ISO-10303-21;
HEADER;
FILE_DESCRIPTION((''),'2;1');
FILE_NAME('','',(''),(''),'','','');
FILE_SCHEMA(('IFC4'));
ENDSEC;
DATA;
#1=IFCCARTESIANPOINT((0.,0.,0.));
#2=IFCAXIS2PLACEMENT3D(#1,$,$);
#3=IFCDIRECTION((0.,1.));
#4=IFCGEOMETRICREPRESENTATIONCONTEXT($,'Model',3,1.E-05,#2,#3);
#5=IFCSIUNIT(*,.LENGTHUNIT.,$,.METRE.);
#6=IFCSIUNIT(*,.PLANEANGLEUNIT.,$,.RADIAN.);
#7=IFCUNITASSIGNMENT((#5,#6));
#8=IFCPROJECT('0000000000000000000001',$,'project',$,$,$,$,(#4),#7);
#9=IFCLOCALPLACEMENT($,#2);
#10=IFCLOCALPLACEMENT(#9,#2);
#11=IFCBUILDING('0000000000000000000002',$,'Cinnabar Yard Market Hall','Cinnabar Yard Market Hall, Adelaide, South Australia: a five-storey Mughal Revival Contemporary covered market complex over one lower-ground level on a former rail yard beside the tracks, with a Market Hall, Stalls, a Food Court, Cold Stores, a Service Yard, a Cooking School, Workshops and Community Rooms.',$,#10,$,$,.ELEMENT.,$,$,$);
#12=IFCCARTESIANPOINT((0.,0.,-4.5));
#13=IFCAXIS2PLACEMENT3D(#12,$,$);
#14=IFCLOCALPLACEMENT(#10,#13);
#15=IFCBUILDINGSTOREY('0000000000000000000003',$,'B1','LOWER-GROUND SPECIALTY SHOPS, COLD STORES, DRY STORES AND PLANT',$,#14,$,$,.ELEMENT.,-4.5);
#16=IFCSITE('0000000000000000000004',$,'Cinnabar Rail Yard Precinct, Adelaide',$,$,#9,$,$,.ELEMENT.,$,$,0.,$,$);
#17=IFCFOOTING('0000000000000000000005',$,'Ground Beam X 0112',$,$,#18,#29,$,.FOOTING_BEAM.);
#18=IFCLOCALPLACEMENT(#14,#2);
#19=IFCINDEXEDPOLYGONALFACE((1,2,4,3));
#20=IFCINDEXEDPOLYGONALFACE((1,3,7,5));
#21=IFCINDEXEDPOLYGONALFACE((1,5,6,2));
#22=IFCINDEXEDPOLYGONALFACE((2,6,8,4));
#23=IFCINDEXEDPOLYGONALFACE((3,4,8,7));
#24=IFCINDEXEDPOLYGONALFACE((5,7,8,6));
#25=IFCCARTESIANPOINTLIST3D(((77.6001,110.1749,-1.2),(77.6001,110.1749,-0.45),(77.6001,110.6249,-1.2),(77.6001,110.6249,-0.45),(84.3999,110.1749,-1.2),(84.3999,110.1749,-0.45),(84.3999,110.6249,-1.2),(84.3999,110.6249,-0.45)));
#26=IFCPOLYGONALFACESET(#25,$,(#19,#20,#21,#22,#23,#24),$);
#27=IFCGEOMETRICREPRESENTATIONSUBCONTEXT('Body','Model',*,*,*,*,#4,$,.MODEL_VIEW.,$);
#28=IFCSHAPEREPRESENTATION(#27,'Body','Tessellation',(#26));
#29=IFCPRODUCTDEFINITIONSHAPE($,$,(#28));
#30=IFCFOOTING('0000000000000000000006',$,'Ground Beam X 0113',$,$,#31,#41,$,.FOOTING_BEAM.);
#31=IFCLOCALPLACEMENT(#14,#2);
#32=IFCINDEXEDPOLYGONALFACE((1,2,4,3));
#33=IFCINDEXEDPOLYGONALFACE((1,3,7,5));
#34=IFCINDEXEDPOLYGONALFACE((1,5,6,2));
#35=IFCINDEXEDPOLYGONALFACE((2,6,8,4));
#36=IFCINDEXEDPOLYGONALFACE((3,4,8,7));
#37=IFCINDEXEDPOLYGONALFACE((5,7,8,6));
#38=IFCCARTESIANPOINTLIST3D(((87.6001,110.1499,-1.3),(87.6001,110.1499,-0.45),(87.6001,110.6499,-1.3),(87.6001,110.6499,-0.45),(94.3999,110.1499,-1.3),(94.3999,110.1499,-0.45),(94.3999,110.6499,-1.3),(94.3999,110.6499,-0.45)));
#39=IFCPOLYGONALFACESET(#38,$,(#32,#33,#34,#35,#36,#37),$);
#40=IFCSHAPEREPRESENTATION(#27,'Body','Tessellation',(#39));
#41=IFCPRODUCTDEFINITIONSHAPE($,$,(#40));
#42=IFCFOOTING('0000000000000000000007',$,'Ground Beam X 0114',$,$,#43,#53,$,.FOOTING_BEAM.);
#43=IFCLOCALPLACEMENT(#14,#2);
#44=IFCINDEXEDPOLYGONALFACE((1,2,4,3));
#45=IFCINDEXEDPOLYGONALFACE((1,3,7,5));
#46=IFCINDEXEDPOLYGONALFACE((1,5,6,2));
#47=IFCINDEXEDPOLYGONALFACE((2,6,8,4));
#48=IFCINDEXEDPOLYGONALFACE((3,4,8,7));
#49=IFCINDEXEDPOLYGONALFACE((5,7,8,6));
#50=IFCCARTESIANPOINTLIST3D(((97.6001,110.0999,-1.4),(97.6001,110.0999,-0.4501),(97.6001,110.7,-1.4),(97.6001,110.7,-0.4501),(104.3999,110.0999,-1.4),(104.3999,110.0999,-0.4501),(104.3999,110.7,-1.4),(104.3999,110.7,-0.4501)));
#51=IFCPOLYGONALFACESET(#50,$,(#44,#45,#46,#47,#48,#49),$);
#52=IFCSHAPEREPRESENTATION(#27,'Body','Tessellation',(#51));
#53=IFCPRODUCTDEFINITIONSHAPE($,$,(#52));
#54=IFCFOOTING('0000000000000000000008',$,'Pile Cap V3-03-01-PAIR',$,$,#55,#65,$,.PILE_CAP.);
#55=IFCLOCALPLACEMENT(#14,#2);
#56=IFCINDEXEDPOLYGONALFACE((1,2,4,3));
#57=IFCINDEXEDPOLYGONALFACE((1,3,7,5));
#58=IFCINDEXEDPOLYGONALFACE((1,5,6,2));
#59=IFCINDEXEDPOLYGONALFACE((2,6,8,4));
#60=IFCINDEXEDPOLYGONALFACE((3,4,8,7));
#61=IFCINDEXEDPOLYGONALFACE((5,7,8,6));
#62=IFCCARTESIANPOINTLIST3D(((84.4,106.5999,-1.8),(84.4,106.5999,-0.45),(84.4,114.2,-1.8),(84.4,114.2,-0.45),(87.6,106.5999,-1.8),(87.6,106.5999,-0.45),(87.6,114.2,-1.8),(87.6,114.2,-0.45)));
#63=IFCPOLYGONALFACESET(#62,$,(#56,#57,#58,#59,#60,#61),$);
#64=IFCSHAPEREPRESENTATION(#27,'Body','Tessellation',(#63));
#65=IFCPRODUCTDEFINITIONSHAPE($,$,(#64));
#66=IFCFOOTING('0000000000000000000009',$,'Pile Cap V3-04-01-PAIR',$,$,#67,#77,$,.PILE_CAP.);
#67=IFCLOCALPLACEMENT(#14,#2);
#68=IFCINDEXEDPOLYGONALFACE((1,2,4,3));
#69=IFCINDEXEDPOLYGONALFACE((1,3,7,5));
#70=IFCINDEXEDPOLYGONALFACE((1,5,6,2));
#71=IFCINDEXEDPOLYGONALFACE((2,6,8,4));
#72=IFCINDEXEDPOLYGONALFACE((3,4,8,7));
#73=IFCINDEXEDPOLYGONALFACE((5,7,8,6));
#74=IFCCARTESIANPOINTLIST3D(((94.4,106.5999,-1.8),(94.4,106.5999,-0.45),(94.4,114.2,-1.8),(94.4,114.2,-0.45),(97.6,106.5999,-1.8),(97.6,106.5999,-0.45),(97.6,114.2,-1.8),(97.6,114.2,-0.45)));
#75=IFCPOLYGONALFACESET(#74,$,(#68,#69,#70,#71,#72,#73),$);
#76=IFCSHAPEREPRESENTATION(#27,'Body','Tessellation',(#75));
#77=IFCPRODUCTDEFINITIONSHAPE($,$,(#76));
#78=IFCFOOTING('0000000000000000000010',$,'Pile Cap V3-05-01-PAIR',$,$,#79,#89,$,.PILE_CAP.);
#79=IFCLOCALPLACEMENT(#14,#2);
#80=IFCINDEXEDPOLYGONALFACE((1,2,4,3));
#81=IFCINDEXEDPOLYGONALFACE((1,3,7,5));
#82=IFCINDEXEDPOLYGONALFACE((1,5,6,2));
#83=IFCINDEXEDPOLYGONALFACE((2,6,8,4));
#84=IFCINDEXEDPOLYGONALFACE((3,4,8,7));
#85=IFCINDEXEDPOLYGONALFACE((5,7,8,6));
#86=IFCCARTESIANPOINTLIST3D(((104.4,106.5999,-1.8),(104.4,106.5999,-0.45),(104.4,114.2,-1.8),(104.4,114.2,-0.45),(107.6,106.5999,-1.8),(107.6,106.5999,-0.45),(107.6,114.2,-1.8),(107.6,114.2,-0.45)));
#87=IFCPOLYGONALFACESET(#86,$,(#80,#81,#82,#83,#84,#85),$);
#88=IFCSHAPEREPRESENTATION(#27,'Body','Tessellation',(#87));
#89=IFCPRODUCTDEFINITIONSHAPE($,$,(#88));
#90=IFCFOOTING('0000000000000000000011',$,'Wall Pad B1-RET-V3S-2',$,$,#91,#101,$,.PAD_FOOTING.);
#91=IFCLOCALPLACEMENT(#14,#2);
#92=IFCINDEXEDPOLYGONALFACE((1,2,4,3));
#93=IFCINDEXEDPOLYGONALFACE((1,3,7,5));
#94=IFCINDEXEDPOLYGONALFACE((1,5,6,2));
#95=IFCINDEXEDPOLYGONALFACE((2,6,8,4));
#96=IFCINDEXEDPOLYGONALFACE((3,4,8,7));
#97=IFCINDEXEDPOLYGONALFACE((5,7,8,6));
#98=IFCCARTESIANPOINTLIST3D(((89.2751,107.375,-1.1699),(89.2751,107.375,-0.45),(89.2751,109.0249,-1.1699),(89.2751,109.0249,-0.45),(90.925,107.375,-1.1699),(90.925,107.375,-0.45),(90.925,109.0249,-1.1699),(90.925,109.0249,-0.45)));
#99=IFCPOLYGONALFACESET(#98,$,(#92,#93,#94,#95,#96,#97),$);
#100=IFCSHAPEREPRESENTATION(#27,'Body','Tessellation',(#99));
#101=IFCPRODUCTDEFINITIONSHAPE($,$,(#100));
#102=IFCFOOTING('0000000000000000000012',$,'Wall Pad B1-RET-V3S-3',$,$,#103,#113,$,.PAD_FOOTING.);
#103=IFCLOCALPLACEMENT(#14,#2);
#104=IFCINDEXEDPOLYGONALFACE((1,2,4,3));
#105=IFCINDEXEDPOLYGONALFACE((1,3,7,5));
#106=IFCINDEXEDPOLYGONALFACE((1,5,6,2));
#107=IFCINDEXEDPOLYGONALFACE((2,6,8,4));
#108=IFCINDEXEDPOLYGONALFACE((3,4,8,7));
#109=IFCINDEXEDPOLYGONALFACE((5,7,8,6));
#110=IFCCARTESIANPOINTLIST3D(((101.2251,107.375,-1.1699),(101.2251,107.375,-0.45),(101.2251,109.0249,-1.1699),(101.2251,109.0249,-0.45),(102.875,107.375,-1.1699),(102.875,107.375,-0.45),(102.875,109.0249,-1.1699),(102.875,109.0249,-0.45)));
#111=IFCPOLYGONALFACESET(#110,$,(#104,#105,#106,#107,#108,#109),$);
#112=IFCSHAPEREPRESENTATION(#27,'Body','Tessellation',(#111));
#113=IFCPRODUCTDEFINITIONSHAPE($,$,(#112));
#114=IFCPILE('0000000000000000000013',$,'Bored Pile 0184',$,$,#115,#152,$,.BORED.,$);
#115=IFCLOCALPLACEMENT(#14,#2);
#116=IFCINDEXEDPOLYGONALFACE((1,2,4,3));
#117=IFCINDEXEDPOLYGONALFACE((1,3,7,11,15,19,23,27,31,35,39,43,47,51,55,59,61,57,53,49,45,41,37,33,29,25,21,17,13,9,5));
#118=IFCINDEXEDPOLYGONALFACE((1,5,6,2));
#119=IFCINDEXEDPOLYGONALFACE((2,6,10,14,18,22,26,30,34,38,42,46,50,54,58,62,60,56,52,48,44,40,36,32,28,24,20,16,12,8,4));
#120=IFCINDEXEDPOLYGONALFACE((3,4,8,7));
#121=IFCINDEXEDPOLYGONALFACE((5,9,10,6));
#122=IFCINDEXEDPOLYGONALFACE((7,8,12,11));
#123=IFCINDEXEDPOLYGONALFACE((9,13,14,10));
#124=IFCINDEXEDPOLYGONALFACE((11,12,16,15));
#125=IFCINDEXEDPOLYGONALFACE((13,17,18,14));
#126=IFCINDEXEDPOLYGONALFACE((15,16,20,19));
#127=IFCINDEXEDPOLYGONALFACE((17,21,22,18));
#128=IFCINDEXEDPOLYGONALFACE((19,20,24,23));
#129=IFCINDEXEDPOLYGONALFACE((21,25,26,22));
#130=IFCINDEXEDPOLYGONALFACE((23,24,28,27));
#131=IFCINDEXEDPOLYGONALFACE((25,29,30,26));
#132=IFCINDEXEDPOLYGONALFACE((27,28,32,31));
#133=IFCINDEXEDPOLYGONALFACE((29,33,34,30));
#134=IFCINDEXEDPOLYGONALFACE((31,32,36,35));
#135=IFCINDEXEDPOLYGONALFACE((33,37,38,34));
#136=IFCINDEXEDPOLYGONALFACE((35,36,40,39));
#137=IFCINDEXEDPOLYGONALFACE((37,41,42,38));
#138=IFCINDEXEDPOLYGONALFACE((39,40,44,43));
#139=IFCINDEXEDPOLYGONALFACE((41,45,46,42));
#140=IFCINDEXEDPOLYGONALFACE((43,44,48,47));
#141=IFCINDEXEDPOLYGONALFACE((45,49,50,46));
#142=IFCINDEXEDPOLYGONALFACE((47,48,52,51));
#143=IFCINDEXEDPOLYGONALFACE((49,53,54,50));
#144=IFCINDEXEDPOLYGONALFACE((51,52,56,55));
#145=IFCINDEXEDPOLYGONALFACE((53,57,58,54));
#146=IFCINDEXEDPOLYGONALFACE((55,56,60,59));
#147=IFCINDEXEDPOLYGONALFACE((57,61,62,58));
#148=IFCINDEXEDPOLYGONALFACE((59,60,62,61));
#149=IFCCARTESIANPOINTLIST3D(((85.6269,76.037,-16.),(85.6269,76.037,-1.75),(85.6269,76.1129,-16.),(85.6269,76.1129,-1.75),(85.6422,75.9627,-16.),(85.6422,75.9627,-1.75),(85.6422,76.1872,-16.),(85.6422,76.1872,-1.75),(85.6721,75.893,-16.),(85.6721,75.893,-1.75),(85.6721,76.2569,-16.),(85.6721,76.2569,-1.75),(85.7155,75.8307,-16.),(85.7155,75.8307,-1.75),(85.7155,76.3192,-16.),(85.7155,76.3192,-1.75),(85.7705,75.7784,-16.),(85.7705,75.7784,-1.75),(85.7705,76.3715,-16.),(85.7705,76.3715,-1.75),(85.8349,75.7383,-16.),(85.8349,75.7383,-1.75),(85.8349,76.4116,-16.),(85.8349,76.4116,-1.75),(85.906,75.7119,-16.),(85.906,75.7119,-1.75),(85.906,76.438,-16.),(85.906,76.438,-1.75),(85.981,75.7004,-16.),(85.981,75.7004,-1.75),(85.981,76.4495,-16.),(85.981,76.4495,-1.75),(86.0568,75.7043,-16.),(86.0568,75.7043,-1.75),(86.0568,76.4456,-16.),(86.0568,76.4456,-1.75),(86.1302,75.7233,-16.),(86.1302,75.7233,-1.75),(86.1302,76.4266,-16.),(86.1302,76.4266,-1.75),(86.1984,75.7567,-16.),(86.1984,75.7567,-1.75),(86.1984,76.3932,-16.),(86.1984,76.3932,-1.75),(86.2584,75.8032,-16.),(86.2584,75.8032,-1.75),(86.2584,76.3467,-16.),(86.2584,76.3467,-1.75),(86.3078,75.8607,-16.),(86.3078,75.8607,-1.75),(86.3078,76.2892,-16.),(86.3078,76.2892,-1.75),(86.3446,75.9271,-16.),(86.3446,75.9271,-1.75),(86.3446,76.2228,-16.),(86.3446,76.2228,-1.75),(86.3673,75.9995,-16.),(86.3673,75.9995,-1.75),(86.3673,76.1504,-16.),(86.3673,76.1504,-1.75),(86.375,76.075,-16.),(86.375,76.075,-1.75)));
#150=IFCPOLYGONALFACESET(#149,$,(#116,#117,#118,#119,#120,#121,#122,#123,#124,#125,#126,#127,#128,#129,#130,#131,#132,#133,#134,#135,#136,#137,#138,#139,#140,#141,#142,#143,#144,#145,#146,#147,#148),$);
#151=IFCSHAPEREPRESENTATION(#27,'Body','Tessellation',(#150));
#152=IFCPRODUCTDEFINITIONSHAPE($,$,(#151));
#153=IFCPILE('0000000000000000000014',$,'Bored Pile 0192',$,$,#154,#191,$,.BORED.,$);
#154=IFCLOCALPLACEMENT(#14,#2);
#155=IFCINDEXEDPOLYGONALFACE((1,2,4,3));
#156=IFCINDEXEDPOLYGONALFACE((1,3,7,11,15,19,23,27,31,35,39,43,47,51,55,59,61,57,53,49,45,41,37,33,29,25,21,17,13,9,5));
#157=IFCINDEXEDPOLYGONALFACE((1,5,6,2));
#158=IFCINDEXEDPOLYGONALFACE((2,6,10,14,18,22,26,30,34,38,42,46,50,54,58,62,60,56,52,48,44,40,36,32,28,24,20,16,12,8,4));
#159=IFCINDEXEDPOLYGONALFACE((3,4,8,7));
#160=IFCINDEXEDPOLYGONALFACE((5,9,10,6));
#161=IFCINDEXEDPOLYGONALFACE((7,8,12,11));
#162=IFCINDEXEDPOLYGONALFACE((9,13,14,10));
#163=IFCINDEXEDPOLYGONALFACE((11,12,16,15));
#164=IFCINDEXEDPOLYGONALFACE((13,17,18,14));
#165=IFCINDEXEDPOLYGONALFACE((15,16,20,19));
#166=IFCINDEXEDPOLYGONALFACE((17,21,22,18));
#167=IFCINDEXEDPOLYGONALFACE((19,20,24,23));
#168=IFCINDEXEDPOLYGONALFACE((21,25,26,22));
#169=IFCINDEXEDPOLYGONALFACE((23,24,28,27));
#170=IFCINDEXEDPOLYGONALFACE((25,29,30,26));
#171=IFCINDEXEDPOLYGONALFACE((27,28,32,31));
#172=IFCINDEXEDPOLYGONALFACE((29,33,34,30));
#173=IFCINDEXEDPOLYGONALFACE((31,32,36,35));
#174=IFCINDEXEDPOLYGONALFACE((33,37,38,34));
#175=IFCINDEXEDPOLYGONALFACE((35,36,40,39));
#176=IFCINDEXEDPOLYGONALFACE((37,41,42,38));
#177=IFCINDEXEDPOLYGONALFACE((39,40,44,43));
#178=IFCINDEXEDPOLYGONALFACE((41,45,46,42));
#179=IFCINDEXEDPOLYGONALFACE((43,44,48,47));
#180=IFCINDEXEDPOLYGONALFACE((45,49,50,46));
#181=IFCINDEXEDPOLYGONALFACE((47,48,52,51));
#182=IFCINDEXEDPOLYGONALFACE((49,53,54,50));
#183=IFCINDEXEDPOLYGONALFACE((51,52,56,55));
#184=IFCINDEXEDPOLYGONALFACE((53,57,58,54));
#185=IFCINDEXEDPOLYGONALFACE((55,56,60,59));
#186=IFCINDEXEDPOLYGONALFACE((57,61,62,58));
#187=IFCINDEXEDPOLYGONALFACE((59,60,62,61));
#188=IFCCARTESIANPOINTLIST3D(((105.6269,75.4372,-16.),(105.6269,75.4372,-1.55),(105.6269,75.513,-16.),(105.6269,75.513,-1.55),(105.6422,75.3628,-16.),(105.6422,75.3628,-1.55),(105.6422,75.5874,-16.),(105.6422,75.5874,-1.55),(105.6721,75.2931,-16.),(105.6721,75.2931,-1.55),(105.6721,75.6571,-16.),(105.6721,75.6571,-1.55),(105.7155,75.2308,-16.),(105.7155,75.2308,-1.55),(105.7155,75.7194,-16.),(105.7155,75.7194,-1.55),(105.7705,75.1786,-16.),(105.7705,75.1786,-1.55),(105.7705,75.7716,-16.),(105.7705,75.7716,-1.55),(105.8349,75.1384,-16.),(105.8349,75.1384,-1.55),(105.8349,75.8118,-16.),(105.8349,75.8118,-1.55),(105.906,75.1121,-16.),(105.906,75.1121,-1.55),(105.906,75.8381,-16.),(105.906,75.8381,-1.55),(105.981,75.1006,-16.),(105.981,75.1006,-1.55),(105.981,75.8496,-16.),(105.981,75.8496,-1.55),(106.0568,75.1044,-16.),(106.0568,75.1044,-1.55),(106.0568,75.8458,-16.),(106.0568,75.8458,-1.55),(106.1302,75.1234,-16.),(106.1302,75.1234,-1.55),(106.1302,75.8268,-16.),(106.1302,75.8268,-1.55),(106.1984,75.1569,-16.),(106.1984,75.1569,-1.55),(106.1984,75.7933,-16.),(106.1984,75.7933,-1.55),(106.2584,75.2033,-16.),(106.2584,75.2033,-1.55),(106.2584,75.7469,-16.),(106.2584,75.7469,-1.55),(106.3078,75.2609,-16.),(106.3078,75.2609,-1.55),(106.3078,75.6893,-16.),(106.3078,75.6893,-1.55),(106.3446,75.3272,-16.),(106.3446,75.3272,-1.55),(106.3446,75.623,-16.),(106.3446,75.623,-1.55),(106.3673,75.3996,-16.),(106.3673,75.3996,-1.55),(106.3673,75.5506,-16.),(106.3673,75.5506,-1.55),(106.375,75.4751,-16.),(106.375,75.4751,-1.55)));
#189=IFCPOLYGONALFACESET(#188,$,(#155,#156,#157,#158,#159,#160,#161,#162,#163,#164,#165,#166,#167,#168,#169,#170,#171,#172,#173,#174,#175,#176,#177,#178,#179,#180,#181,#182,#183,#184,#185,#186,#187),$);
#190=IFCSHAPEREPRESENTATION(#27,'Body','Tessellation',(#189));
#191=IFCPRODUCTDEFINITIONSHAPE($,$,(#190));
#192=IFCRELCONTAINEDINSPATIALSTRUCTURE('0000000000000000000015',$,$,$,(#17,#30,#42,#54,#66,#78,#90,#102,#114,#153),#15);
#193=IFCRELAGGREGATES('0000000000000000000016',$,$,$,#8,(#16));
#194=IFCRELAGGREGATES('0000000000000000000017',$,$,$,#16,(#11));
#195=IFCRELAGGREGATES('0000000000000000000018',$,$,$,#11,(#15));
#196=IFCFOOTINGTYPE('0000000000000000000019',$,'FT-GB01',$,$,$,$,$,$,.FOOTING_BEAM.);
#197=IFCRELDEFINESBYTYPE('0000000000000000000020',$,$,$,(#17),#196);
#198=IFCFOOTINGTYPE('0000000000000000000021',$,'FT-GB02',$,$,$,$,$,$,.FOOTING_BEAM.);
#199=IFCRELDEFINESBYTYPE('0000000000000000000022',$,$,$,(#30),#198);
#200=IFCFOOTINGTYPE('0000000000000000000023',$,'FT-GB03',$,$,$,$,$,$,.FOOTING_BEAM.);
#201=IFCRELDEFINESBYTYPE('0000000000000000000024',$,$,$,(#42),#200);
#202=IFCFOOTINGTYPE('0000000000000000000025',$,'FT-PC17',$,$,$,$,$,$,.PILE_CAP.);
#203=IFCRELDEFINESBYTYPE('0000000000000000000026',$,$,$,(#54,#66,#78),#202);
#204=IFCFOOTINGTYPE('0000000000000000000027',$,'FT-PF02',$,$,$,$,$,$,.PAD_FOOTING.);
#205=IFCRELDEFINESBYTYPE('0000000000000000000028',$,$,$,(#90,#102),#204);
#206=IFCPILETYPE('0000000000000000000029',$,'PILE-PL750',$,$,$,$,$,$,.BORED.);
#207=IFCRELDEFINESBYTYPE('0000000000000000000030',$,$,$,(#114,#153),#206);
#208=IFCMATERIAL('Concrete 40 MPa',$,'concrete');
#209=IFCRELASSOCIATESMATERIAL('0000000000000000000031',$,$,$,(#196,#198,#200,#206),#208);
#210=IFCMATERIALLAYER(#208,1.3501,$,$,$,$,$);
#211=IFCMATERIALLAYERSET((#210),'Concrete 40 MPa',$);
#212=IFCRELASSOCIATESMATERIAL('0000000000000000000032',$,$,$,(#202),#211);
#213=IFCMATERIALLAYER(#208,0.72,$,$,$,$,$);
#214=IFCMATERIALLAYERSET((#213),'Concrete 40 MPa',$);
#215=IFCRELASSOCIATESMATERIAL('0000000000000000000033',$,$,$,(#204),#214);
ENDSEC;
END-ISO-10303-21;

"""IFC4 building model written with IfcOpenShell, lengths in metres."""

from ifc_helpers import new_model, si_unit, direction, frame, origin, origin_2d_with_axis, place, context, subcontext, project, spatial, rectangle, circle, extrude, material, layer, layer_set, material_profile, profile_set, type_object, element, save


model = new_model("IFC4")

# Units and contexts
model_context = context("Model", 3, precision=1e-05, world=origin(), true_north=direction((0.0, 1.0)))
body_context = subcontext(model_context, "Body", "Model", "MODEL_VIEW")
ifc_project = project(units=[si_unit("LENGTHUNIT", "METRE"), si_unit("PLANEANGLEUNIT", "RADIAN")], contexts=[model_context])

# Site, building, storey
site_placement = place(None, origin())
site = spatial("IfcSite", under=ifc_project, at=site_placement, Name="Cinnabar Rail Yard Precinct, Adelaide", CompositionType="ELEMENT", RefElevation=0.0)
building_placement = place(site_placement, origin())
building = spatial("IfcBuilding", under=site, at=building_placement, Name="Cinnabar Yard Market Hall", Description="Cinnabar Yard Market Hall, Adelaide, South Australia: a five-storey Mughal Revival Contemporary covered market complex over one lower-ground level on a former rail yard beside the tracks, with a Market Hall, Stalls, a Food Court, Cold Stores, a Service Yard, a Cooking School, Workshops and Community Rooms.", CompositionType="ELEMENT")
storey_placement = place(building_placement, frame((0.0, 0.0, -4.5)))
storey = spatial("IfcBuildingStorey", under=building, at=storey_placement, Name="B1", Description="LOWER-GROUND SPECIALTY SHOPS, COLD STORES, DRY STORES AND PLANT", CompositionType="ELEMENT", Elevation=-4.5)

# Footings
ifc_material_1 = material(Name="Concrete 40 MPa", Category="concrete")
ifc_material_profile_1 = material_profile(ifc_material_1, rectangle(XDim=0.45, YDim=0.75, at=origin_2d_with_axis()), Name="GB-450x750")
ifc_profile_set_1 = profile_set([ifc_material_profile_1], Name="Concrete 40 MPa")
footing_type_1 = type_object("IfcFootingType", Name="FT-GB01", PredefinedType="FOOTING_BEAM", material=ifc_profile_set_1)
footing_1_placement = place(storey_placement, frame((77.6001, 110.3999, -0.825), z_axis=(1.0, 0.0, 0.0), x_axis=(0.0, 1.0, 0.0)))
element("IfcFooting", 1, at=footing_1_placement, inside=storey, type_object=footing_type_1, Name="Ground Beam X 0112", PredefinedType="FOOTING_BEAM", context=body_context, shape_type="SweptSolid", body=[
    extrude(rectangle(XDim=0.45, YDim=0.75, at=origin_2d_with_axis()), origin(), (0.0, 0.0, 1.0), 6.7998),
])
ifc_material_profile_2 = material_profile(ifc_material_1, rectangle(XDim=0.5, YDim=0.8501, at=origin_2d_with_axis()), Name="GB-500x850")
ifc_profile_set_2 = profile_set([ifc_material_profile_2], Name="Concrete 40 MPa")
footing_type_2 = type_object("IfcFootingType", Name="FT-GB02", PredefinedType="FOOTING_BEAM", material=ifc_profile_set_2)
footing_2_placement = place(storey_placement, frame((87.6001, 110.3999, -0.875), z_axis=(1.0, 0.0, 0.0), x_axis=(0.0, 1.0, 0.0)))
element("IfcFooting", 2, at=footing_2_placement, inside=storey, type_object=footing_type_2, Name="Ground Beam X 0113", PredefinedType="FOOTING_BEAM", context=body_context, shape_type="SweptSolid", body=[
    extrude(rectangle(XDim=0.5, YDim=0.8501, at=origin_2d_with_axis()), origin(), (0.0, 0.0, 1.0), 6.7998),
])
ifc_material_profile_3 = material_profile(ifc_material_1, rectangle(XDim=0.6001, YDim=0.95, at=origin_2d_with_axis()), Name="GB-600x950")
ifc_profile_set_3 = profile_set([ifc_material_profile_3], Name="Concrete 40 MPa")
footing_type_3 = type_object("IfcFootingType", Name="FT-GB03", PredefinedType="FOOTING_BEAM", material=ifc_profile_set_3)
footing_3_placement = place(storey_placement, frame((97.6001, 110.3999, -0.925), z_axis=(1.0, 0.0, 0.0), x_axis=(0.0, 1.0, 0.0)))
element("IfcFooting", 3, at=footing_3_placement, inside=storey, type_object=footing_type_3, Name="Ground Beam X 0114", PredefinedType="FOOTING_BEAM", context=body_context, shape_type="SweptSolid", body=[
    extrude(rectangle(XDim=0.6001, YDim=0.95, at=origin_2d_with_axis()), origin(), (0.0, 0.0, 1.0), 6.7998),
])
ifc_layer_1 = layer(ifc_material_1, 1.3501)
ifc_layer_set_1 = layer_set([ifc_layer_1], Name="Concrete 40 MPa")
footing_type_4 = type_object("IfcFootingType", Name="FT-PC17", PredefinedType="PILE_CAP", material=ifc_layer_set_1)
for number, where, z_axis, x_axis, name in (
    (4, (86.0, 110.3999, -1.8), (0.0, 0.0, 1.0), (1.0, 0.0, 0.0), "Pile Cap V3-03-01-PAIR"),
    (5, (96.0, 110.3999, -1.8), (0.0, 0.0, 1.0), (1.0, 0.0, 0.0), "Pile Cap V3-04-01-PAIR"),
    (6, (106.0, 110.3999, -1.8), (0.0, 0.0, 1.0), (1.0, 0.0, 0.0), "Pile Cap V3-05-01-PAIR"),
):
    element("IfcFooting", number, at=place(storey_placement, frame(where, z_axis=z_axis, x_axis=x_axis)), inside=storey, type_object=footing_type_4, Name=name, PredefinedType="PILE_CAP", context=body_context, shape_type="SweptSolid", body=[
        extrude(rectangle(XDim=3.2, YDim=7.6001, at=origin_2d_with_axis()), origin(), (0.0, 0.0, 1.0), 1.3501),
    ])
ifc_layer_2 = layer(ifc_material_1, 0.72)
ifc_layer_set_2 = layer_set([ifc_layer_2], Name="Concrete 40 MPa")
footing_type_5 = type_object("IfcFootingType", Name="FT-PF02", PredefinedType="PAD_FOOTING", material=ifc_layer_set_2)
for number, where, z_axis, x_axis, name in (
    (7, (90.1001, 108.2, -1.1699), (0.0, 0.0, 1.0), (1.0, 0.0, 0.0), "Wall Pad B1-RET-V3S-2"),
    (8, (102.05, 108.2, -1.1699), (0.0, 0.0, 1.0), (1.0, 0.0, 0.0), "Wall Pad B1-RET-V3S-3"),
):
    element("IfcFooting", number, at=place(storey_placement, frame(where, z_axis=z_axis, x_axis=x_axis)), inside=storey, type_object=footing_type_5, Name=name, PredefinedType="PAD_FOOTING", context=body_context, shape_type="SweptSolid", body=[
        extrude(rectangle(XDim=1.6499, YDim=1.6499, at=origin_2d_with_axis()), origin(), (0.0, 0.0, 1.0), 0.72),
    ])

# Piles
ifc_material_profile_4 = material_profile(ifc_material_1, circle(Radius=0.375, at=origin_2d_with_axis()), Name="PILE-D750")
ifc_profile_set_4 = profile_set([ifc_material_profile_4], Name="Concrete 40 MPa")
pile_type = type_object("IfcPileType", Name="PILE-PL750", PredefinedType="BORED", material=ifc_profile_set_4)
pile_1_placement = place(storey_placement, frame((86.0, 76.075, -1.75), z_axis=(0.0, 0.0, -1.0), x_axis=(1.0, 0.0, 0.0)))
element("IfcPile", 9, at=pile_1_placement, inside=storey, type_object=pile_type, Name="Bored Pile 0184", PredefinedType="BORED", context=body_context, shape_type="SweptSolid", body=[
    extrude(circle(Radius=0.375, at=origin_2d_with_axis()), origin(), (0.0, 0.0, 1.0), 14.25),
])
pile_2_placement = place(storey_placement, frame((106.0, 75.4751, -1.55), z_axis=(0.0, 0.0, -1.0), x_axis=(1.0, 0.0, 0.0)))
element("IfcPile", 10, at=pile_2_placement, inside=storey, type_object=pile_type, Name="Bored Pile 0192", PredefinedType="BORED", context=body_context, shape_type="SweptSolid", body=[
    extrude(circle(Radius=0.375, at=origin_2d_with_axis()), origin(), (0.0, 0.0, 1.0), 14.45),
])

save(model, "model.ifc")
